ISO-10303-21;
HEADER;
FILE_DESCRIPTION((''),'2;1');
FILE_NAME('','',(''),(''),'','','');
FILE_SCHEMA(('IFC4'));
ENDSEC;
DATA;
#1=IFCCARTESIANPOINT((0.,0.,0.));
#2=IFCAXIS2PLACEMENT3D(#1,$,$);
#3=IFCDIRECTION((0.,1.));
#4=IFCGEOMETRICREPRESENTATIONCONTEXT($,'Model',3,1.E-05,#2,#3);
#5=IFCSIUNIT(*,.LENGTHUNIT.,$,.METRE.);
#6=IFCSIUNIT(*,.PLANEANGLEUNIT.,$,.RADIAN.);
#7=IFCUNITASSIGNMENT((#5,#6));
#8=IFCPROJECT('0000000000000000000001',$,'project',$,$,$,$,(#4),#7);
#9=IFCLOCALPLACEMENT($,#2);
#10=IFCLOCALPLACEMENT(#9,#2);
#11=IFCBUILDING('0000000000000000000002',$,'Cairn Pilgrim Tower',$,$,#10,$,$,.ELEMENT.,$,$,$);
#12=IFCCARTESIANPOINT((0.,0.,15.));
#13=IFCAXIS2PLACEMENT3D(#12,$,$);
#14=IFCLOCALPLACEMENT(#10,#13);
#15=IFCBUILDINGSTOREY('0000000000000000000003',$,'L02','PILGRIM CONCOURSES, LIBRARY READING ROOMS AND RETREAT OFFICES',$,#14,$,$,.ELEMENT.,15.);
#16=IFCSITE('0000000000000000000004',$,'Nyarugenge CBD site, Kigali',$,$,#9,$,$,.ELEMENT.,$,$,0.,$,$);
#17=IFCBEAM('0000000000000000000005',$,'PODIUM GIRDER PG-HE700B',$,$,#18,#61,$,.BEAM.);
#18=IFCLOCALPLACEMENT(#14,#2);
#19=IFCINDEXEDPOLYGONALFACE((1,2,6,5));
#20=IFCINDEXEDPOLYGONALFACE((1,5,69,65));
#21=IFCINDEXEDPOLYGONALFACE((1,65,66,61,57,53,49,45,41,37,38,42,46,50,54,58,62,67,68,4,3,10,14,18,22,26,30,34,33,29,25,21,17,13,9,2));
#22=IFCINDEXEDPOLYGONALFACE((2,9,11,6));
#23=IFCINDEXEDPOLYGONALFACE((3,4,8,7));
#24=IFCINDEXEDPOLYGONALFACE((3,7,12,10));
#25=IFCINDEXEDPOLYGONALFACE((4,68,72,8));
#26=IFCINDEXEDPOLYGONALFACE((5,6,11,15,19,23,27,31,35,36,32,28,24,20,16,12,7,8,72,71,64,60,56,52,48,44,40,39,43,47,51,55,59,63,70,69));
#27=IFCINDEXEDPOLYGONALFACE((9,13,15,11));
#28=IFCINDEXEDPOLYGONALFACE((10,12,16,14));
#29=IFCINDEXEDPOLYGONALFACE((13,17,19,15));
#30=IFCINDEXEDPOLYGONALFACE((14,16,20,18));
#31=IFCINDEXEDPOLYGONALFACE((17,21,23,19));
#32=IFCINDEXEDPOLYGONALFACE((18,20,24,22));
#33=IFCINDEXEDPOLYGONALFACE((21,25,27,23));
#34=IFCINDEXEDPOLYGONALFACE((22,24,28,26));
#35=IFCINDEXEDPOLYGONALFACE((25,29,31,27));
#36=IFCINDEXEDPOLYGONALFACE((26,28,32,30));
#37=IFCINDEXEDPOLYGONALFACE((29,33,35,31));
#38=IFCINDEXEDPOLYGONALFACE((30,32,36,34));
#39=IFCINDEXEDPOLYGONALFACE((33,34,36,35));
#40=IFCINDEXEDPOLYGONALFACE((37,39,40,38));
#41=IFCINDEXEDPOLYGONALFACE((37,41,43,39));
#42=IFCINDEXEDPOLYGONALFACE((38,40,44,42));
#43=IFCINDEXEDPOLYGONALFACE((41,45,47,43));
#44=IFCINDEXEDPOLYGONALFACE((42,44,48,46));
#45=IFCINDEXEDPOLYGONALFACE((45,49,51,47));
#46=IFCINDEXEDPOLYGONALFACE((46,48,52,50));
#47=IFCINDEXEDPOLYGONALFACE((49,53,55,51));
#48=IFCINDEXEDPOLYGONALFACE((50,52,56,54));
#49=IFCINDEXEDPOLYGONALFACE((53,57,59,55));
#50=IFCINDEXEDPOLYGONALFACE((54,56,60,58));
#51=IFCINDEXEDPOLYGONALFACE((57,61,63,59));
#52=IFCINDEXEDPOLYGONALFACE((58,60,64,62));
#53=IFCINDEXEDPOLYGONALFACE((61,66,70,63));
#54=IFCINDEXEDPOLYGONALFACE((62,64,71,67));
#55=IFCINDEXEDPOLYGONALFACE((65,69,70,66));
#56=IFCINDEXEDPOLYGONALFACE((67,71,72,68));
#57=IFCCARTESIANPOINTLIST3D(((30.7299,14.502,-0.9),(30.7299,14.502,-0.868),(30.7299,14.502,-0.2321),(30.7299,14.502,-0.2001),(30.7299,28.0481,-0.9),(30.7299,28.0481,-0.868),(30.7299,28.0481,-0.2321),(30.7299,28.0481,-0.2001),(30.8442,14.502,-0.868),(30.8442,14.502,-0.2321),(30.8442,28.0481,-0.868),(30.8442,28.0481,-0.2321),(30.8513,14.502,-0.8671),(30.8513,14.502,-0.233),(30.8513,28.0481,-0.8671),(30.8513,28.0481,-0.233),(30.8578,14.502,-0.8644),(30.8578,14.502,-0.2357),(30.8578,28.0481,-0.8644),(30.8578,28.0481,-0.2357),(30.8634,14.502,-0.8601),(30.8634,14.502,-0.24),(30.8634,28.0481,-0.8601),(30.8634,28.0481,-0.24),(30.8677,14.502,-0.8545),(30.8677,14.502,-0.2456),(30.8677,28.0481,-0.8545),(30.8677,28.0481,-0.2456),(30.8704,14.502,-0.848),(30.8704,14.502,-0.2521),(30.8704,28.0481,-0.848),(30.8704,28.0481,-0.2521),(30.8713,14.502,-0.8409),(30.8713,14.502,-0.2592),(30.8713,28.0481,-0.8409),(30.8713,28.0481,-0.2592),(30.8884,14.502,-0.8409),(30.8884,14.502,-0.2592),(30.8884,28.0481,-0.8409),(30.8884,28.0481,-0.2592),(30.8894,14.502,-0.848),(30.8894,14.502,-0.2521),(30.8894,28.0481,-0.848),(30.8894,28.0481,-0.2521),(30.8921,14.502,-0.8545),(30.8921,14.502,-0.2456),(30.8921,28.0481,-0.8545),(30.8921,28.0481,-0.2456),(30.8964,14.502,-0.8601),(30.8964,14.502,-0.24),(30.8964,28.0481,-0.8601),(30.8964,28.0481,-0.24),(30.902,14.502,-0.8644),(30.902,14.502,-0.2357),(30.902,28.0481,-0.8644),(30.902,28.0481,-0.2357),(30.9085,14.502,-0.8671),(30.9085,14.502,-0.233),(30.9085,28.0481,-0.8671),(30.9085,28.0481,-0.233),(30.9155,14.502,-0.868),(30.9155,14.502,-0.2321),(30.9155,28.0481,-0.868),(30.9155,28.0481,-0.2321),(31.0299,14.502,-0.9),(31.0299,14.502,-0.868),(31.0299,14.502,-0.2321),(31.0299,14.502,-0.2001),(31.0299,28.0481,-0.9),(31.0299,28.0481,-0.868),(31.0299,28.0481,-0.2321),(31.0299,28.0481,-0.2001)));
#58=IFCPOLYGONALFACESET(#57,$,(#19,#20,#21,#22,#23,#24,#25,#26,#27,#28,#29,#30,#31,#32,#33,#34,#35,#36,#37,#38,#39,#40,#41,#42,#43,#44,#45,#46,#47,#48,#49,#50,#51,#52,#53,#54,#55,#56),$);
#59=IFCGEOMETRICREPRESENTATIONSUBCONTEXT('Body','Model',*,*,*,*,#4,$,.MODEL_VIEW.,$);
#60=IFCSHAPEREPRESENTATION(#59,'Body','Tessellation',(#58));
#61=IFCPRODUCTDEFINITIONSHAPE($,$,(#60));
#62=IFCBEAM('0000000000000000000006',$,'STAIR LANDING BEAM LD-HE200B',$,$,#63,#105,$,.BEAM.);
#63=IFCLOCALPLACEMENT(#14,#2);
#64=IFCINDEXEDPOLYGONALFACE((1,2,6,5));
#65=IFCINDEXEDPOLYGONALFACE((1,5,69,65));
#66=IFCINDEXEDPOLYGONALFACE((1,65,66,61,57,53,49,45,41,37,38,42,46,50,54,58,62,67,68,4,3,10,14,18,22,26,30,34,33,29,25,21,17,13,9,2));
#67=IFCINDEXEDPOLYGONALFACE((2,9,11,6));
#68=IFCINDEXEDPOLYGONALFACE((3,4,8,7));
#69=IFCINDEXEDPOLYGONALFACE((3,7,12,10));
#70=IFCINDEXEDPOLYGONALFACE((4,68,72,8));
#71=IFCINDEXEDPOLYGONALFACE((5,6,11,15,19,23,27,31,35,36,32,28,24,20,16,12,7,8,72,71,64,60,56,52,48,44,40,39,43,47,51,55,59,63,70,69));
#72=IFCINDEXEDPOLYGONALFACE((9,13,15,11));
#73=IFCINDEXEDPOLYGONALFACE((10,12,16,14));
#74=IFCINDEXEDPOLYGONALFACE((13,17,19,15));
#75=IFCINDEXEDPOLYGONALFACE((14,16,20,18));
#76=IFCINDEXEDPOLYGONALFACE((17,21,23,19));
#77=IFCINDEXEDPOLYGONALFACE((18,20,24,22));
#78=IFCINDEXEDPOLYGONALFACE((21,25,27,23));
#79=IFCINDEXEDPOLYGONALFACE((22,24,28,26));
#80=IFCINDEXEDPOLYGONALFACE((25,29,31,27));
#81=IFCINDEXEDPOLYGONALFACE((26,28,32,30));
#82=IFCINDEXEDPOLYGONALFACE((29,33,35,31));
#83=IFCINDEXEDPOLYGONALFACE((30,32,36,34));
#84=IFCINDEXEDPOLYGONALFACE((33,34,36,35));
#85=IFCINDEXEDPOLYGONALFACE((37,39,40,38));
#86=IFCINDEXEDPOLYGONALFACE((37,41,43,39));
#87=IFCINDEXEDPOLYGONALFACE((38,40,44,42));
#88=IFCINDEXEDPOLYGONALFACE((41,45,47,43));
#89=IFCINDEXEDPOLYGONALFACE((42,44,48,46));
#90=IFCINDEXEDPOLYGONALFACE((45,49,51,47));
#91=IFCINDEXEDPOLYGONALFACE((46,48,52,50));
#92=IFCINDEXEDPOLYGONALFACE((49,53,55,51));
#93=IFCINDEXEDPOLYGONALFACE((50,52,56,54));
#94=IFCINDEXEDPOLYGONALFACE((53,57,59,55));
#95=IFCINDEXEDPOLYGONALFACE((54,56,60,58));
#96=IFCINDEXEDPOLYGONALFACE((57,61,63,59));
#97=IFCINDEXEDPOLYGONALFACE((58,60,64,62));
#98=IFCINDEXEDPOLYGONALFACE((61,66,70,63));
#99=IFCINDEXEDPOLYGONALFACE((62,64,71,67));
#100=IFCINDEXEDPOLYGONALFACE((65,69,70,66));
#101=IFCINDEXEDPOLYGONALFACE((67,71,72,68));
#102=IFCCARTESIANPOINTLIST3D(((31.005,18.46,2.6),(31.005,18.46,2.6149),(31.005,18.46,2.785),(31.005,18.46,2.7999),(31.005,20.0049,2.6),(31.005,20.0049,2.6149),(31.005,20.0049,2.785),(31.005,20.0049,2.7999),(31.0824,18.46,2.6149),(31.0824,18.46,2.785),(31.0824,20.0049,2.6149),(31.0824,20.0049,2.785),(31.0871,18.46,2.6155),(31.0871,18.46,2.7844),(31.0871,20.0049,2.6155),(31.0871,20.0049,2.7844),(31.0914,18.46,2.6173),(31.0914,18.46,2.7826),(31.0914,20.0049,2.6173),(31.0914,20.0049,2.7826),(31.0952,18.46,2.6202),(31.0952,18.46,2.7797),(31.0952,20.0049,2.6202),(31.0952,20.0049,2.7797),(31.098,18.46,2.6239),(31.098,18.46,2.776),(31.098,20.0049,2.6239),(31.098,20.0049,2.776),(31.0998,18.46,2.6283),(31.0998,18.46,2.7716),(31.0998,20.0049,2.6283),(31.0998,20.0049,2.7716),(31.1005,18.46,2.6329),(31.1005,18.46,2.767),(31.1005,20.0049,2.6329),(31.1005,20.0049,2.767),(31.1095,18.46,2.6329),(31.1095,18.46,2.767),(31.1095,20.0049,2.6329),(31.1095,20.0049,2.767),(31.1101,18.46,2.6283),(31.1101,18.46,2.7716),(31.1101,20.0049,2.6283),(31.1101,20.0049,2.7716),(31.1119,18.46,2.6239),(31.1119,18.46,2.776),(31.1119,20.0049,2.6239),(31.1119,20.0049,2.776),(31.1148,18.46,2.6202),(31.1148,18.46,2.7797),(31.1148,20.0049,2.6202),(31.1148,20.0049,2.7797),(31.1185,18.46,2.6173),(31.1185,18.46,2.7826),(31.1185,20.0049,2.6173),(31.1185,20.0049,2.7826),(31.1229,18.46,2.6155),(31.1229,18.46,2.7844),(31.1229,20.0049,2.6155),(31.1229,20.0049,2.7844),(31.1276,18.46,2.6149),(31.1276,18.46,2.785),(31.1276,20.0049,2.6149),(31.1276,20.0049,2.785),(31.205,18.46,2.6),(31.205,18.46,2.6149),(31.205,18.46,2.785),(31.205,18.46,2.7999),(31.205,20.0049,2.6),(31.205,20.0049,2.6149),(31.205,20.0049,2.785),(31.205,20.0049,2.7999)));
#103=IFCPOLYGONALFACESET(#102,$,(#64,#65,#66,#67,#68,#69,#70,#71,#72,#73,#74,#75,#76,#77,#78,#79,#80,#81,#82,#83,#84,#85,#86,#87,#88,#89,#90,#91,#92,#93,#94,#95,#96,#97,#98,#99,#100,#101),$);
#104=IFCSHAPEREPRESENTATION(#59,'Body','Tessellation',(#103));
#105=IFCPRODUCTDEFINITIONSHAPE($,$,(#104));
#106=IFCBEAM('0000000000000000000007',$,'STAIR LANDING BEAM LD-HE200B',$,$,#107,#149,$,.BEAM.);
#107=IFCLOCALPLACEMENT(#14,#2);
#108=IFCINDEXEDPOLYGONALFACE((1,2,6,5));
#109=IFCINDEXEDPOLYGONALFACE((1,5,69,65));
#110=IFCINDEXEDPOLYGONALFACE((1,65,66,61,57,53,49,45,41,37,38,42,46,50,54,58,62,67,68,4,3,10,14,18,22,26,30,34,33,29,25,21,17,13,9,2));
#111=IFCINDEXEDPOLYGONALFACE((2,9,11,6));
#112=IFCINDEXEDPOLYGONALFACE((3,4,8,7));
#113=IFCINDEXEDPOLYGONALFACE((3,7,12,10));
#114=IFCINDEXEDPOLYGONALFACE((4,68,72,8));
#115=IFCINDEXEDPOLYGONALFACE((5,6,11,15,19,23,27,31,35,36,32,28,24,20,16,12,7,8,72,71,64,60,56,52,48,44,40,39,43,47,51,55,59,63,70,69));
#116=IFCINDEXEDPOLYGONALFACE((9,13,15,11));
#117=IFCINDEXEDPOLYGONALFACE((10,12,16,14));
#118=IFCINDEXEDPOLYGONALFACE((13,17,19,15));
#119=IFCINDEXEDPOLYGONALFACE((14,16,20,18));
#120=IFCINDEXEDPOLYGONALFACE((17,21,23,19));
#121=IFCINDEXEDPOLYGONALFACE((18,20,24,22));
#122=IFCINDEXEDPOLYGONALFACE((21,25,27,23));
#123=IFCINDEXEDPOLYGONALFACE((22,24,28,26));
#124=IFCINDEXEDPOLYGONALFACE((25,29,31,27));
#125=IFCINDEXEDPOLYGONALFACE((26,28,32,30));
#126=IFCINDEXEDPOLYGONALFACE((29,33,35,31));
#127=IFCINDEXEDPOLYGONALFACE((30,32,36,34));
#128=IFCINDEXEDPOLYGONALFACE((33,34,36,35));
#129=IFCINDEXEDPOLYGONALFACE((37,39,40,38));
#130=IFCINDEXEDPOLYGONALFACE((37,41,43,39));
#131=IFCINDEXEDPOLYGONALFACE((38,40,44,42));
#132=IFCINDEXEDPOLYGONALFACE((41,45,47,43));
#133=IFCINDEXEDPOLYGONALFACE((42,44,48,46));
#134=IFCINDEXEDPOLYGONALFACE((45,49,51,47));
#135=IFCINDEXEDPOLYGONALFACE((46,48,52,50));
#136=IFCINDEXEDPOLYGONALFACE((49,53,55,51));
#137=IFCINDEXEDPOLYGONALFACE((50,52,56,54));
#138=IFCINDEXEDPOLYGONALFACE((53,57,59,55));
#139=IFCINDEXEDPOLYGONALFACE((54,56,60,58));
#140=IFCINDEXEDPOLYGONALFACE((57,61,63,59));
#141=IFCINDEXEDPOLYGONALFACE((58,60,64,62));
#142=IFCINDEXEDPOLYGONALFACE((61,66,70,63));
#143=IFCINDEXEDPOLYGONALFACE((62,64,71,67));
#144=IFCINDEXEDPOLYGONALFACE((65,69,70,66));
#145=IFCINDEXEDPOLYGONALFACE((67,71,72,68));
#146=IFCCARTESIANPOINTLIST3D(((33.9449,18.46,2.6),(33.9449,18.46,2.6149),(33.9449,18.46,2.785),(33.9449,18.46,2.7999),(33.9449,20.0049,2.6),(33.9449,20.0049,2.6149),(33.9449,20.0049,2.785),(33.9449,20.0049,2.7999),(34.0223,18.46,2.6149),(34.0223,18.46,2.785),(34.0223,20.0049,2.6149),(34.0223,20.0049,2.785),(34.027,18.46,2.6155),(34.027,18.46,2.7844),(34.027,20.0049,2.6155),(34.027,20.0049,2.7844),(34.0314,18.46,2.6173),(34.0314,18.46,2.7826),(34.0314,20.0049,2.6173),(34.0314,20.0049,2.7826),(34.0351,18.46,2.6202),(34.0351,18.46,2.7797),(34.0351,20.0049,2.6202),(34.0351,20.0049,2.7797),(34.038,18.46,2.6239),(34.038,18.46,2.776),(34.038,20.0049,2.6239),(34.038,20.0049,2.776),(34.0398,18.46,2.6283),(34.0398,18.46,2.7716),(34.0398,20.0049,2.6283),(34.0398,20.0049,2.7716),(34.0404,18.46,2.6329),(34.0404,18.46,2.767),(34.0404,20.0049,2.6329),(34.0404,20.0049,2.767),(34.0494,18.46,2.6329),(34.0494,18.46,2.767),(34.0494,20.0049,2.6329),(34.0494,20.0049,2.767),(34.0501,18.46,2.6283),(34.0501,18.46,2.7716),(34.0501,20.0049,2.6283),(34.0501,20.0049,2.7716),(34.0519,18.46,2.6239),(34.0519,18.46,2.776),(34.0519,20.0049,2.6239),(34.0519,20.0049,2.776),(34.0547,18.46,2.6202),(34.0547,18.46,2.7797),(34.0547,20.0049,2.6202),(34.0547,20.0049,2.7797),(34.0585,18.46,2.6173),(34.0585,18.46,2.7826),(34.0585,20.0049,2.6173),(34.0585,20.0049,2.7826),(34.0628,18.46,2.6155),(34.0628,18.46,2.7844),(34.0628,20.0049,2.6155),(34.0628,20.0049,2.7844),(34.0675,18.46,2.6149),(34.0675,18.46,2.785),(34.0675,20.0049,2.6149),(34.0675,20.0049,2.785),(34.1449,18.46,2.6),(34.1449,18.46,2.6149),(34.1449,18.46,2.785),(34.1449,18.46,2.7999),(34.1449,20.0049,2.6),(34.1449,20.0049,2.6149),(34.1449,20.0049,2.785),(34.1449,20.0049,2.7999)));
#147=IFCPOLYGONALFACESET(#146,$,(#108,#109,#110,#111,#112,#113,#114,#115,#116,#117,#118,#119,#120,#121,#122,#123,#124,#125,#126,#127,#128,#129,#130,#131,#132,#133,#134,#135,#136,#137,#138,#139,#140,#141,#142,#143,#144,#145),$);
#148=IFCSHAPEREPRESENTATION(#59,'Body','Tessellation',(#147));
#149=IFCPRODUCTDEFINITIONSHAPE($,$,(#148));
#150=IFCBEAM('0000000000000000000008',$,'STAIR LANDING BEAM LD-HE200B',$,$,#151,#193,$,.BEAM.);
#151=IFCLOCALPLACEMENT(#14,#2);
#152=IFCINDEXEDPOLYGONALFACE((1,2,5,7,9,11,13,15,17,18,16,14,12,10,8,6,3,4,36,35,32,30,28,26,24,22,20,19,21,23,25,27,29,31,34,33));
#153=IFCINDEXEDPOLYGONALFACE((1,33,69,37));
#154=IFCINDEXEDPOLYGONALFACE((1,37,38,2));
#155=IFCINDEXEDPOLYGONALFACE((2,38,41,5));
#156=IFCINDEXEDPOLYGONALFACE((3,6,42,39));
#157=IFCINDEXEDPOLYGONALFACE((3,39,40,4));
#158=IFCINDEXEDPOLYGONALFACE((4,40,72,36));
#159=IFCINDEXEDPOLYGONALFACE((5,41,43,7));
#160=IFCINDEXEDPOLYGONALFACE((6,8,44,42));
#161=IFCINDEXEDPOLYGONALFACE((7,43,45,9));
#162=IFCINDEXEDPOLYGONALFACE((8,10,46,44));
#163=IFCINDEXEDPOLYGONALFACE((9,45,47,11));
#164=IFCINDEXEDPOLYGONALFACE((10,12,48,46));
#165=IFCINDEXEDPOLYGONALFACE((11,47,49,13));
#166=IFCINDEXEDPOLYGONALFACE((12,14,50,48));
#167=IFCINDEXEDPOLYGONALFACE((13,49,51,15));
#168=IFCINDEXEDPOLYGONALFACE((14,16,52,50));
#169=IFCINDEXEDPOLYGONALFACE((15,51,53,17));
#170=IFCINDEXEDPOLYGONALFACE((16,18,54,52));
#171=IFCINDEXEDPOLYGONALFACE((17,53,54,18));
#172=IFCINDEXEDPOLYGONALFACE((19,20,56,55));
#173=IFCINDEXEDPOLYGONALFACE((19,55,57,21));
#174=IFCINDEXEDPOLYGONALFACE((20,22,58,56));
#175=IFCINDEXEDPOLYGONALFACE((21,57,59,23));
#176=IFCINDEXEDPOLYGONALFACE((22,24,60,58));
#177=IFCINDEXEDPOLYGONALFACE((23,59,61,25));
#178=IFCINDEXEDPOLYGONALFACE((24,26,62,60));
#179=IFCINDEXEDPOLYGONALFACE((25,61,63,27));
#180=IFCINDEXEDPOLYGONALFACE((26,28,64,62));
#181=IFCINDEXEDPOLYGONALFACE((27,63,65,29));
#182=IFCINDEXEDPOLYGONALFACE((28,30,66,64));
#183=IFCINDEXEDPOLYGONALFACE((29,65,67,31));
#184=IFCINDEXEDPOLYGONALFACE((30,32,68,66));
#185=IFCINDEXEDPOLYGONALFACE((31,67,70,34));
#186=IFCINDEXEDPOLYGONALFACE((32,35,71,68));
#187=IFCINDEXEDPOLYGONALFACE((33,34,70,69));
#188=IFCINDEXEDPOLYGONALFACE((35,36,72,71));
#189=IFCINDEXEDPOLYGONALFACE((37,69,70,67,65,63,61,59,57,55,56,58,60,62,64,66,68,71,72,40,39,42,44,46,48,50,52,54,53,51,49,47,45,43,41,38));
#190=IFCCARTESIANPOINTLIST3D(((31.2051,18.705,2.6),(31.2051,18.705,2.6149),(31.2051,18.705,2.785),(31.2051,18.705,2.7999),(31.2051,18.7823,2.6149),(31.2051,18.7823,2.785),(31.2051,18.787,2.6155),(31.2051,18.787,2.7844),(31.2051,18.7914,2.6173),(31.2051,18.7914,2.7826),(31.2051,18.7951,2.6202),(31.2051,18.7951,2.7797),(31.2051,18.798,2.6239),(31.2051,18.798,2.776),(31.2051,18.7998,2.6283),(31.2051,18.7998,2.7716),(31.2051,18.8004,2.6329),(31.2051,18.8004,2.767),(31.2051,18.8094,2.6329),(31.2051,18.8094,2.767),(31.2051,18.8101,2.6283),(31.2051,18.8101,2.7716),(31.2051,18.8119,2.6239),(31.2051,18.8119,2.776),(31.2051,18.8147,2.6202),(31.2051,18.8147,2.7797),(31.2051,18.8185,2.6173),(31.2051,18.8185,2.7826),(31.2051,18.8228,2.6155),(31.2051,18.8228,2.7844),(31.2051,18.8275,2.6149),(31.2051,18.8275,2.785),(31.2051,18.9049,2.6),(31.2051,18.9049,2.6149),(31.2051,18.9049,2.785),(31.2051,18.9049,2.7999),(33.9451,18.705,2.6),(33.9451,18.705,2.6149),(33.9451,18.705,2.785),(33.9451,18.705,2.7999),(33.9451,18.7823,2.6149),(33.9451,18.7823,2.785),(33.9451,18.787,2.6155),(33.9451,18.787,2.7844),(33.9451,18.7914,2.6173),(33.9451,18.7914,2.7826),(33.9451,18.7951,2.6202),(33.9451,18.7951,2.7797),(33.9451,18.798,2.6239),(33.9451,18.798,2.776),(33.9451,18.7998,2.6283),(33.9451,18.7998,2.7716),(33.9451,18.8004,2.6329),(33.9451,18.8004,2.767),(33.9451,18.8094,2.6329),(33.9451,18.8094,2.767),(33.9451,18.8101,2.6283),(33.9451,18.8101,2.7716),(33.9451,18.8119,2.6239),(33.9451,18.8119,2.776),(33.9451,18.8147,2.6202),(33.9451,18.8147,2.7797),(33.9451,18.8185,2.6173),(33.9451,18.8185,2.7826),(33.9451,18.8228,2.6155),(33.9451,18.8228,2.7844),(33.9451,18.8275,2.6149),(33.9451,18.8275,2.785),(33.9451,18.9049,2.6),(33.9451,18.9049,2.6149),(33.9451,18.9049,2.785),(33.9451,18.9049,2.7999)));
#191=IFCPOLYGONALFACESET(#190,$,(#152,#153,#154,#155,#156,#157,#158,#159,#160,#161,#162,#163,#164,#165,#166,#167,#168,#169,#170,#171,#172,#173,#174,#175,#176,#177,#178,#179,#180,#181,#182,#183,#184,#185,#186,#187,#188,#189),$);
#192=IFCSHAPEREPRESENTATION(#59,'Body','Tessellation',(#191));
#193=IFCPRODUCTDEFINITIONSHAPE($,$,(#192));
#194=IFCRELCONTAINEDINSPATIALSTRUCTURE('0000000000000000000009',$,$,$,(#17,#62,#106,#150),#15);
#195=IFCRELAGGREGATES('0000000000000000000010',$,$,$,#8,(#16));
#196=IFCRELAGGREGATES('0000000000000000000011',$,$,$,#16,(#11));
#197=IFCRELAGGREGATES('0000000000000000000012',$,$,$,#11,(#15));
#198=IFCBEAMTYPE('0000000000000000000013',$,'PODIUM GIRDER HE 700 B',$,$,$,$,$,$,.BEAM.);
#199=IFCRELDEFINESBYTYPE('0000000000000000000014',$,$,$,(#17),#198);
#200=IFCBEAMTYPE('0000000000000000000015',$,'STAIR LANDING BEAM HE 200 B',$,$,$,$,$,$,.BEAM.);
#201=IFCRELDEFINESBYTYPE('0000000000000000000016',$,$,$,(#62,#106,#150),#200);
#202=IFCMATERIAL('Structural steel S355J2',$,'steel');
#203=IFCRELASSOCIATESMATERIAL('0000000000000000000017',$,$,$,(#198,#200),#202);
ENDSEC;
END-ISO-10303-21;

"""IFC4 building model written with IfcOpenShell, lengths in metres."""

from ifc_helpers import new_model, si_unit, direction, frame, origin, origin_2d, place, context, subcontext, project, spatial, i_section, extrude, material, material_profile, profile_set, type_object, element, save


model = new_model("IFC4")

# Units and contexts
model_context = context("Model", 3, precision=1e-05, world=origin(), true_north=direction((0.0, 1.0)))
body_context = subcontext(model_context, "Body", "Model", "MODEL_VIEW")
ifc_project = project(units=[si_unit("LENGTHUNIT", "METRE"), si_unit("PLANEANGLEUNIT", "RADIAN")], contexts=[model_context])

# Site, building, storey
site_placement = place(None, origin())
site = spatial("IfcSite", under=ifc_project, at=site_placement, Name="Nyarugenge CBD site, Kigali", CompositionType="ELEMENT", RefElevation=0.0)
building_placement = place(site_placement, origin())
building = spatial("IfcBuilding", under=site, at=building_placement, Name="Cairn Pilgrim Tower", CompositionType="ELEMENT")
storey_placement = place(building_placement, frame((0.0, 0.0, 15.0)))
storey = spatial("IfcBuildingStorey", under=building, at=storey_placement, Name="L02", Description="PILGRIM CONCOURSES, LIBRARY READING ROOMS AND RETREAT OFFICES", CompositionType="ELEMENT", Elevation=15.0)

# Shared definitions
ifc_material_1 = material(Name="Structural steel S355J2", Category="steel")

# Beams
ifc_material_profile_1 = material_profile(ifc_material_1, i_section(OverallWidth=0.3, OverallDepth=0.7, WebThickness=0.0171, FlangeThickness=0.032, FilletRadius=0.0271, at=origin_2d()), Name="HEB 700")
ifc_profile_set_1 = profile_set([ifc_material_profile_1], Name="Structural steel S355J2")
beam_type_1 = type_object("IfcBeamType", Name="PODIUM GIRDER HE 700 B", PredefinedType="BEAM", material=ifc_profile_set_1)
beam_1_placement = place(storey_placement, frame((30.8799, 14.502, -0.55), z_axis=(0.0, 1.0, 0.0), x_axis=(-1.0, 0.0, 0.0)))
element("IfcBeam", 1, at=beam_1_placement, inside=storey, type_object=beam_type_1, Name="PODIUM GIRDER PG-HE700B", PredefinedType="BEAM", context=body_context, shape_type="SweptSolid", body=[
    extrude(i_section(OverallWidth=0.3, OverallDepth=0.7, WebThickness=0.0171, FlangeThickness=0.032, FilletRadius=0.0271, at=origin_2d()), origin(), (0.0, 0.0, 1.0), 13.5461),
])
ifc_material_profile_2 = material_profile(ifc_material_1, i_section(OverallWidth=0.2, OverallDepth=0.2, WebThickness=0.009, FlangeThickness=0.0149, FilletRadius=0.0181, at=origin_2d()), Name="HE 200 B")
ifc_profile_set_2 = profile_set([ifc_material_profile_2], Name="Structural steel S355J2")
beam_type_2 = type_object("IfcBeamType", Name="STAIR LANDING BEAM HE 200 B", PredefinedType="BEAM", material=ifc_profile_set_2)
for number, where, z_axis, x_axis, name in (
    (2, (31.105, 18.46, 2.7), (0.0, 1.0, 0.0), (-1.0, 0.0, 0.0), "STAIR LANDING BEAM LD-HE200B"),
    (3, (34.0449, 18.46, 2.7), (0.0, 1.0, 0.0), (-1.0, 0.0, 0.0), "STAIR LANDING BEAM LD-HE200B"),
):
    element("IfcBeam", number, at=place(storey_placement, frame(where, z_axis=z_axis, x_axis=x_axis)), inside=storey, type_object=beam_type_2, Name=name, PredefinedType="BEAM", context=body_context, shape_type="SweptSolid", body=[
        extrude(i_section(OverallWidth=0.2, OverallDepth=0.2, WebThickness=0.009, FlangeThickness=0.0149, FilletRadius=0.0181, at=origin_2d()), origin(), (0.0, 0.0, 1.0), 1.5449),
    ])
beam_2_placement = place(storey_placement, frame((31.2051, 18.8049, 2.7), z_axis=(1.0, 0.0, 0.0), x_axis=(0.0, 1.0, 0.0)))
element("IfcBeam", 4, at=beam_2_placement, inside=storey, type_object=beam_type_2, Name="STAIR LANDING BEAM LD-HE200B", PredefinedType="BEAM", context=body_context, shape_type="SweptSolid", body=[
    extrude(i_section(OverallWidth=0.2, OverallDepth=0.2, WebThickness=0.009, FlangeThickness=0.0149, FilletRadius=0.0181, at=origin_2d()), origin(), (0.0, 0.0, 1.0), 2.74),
])

save(model, "model.ifc")
